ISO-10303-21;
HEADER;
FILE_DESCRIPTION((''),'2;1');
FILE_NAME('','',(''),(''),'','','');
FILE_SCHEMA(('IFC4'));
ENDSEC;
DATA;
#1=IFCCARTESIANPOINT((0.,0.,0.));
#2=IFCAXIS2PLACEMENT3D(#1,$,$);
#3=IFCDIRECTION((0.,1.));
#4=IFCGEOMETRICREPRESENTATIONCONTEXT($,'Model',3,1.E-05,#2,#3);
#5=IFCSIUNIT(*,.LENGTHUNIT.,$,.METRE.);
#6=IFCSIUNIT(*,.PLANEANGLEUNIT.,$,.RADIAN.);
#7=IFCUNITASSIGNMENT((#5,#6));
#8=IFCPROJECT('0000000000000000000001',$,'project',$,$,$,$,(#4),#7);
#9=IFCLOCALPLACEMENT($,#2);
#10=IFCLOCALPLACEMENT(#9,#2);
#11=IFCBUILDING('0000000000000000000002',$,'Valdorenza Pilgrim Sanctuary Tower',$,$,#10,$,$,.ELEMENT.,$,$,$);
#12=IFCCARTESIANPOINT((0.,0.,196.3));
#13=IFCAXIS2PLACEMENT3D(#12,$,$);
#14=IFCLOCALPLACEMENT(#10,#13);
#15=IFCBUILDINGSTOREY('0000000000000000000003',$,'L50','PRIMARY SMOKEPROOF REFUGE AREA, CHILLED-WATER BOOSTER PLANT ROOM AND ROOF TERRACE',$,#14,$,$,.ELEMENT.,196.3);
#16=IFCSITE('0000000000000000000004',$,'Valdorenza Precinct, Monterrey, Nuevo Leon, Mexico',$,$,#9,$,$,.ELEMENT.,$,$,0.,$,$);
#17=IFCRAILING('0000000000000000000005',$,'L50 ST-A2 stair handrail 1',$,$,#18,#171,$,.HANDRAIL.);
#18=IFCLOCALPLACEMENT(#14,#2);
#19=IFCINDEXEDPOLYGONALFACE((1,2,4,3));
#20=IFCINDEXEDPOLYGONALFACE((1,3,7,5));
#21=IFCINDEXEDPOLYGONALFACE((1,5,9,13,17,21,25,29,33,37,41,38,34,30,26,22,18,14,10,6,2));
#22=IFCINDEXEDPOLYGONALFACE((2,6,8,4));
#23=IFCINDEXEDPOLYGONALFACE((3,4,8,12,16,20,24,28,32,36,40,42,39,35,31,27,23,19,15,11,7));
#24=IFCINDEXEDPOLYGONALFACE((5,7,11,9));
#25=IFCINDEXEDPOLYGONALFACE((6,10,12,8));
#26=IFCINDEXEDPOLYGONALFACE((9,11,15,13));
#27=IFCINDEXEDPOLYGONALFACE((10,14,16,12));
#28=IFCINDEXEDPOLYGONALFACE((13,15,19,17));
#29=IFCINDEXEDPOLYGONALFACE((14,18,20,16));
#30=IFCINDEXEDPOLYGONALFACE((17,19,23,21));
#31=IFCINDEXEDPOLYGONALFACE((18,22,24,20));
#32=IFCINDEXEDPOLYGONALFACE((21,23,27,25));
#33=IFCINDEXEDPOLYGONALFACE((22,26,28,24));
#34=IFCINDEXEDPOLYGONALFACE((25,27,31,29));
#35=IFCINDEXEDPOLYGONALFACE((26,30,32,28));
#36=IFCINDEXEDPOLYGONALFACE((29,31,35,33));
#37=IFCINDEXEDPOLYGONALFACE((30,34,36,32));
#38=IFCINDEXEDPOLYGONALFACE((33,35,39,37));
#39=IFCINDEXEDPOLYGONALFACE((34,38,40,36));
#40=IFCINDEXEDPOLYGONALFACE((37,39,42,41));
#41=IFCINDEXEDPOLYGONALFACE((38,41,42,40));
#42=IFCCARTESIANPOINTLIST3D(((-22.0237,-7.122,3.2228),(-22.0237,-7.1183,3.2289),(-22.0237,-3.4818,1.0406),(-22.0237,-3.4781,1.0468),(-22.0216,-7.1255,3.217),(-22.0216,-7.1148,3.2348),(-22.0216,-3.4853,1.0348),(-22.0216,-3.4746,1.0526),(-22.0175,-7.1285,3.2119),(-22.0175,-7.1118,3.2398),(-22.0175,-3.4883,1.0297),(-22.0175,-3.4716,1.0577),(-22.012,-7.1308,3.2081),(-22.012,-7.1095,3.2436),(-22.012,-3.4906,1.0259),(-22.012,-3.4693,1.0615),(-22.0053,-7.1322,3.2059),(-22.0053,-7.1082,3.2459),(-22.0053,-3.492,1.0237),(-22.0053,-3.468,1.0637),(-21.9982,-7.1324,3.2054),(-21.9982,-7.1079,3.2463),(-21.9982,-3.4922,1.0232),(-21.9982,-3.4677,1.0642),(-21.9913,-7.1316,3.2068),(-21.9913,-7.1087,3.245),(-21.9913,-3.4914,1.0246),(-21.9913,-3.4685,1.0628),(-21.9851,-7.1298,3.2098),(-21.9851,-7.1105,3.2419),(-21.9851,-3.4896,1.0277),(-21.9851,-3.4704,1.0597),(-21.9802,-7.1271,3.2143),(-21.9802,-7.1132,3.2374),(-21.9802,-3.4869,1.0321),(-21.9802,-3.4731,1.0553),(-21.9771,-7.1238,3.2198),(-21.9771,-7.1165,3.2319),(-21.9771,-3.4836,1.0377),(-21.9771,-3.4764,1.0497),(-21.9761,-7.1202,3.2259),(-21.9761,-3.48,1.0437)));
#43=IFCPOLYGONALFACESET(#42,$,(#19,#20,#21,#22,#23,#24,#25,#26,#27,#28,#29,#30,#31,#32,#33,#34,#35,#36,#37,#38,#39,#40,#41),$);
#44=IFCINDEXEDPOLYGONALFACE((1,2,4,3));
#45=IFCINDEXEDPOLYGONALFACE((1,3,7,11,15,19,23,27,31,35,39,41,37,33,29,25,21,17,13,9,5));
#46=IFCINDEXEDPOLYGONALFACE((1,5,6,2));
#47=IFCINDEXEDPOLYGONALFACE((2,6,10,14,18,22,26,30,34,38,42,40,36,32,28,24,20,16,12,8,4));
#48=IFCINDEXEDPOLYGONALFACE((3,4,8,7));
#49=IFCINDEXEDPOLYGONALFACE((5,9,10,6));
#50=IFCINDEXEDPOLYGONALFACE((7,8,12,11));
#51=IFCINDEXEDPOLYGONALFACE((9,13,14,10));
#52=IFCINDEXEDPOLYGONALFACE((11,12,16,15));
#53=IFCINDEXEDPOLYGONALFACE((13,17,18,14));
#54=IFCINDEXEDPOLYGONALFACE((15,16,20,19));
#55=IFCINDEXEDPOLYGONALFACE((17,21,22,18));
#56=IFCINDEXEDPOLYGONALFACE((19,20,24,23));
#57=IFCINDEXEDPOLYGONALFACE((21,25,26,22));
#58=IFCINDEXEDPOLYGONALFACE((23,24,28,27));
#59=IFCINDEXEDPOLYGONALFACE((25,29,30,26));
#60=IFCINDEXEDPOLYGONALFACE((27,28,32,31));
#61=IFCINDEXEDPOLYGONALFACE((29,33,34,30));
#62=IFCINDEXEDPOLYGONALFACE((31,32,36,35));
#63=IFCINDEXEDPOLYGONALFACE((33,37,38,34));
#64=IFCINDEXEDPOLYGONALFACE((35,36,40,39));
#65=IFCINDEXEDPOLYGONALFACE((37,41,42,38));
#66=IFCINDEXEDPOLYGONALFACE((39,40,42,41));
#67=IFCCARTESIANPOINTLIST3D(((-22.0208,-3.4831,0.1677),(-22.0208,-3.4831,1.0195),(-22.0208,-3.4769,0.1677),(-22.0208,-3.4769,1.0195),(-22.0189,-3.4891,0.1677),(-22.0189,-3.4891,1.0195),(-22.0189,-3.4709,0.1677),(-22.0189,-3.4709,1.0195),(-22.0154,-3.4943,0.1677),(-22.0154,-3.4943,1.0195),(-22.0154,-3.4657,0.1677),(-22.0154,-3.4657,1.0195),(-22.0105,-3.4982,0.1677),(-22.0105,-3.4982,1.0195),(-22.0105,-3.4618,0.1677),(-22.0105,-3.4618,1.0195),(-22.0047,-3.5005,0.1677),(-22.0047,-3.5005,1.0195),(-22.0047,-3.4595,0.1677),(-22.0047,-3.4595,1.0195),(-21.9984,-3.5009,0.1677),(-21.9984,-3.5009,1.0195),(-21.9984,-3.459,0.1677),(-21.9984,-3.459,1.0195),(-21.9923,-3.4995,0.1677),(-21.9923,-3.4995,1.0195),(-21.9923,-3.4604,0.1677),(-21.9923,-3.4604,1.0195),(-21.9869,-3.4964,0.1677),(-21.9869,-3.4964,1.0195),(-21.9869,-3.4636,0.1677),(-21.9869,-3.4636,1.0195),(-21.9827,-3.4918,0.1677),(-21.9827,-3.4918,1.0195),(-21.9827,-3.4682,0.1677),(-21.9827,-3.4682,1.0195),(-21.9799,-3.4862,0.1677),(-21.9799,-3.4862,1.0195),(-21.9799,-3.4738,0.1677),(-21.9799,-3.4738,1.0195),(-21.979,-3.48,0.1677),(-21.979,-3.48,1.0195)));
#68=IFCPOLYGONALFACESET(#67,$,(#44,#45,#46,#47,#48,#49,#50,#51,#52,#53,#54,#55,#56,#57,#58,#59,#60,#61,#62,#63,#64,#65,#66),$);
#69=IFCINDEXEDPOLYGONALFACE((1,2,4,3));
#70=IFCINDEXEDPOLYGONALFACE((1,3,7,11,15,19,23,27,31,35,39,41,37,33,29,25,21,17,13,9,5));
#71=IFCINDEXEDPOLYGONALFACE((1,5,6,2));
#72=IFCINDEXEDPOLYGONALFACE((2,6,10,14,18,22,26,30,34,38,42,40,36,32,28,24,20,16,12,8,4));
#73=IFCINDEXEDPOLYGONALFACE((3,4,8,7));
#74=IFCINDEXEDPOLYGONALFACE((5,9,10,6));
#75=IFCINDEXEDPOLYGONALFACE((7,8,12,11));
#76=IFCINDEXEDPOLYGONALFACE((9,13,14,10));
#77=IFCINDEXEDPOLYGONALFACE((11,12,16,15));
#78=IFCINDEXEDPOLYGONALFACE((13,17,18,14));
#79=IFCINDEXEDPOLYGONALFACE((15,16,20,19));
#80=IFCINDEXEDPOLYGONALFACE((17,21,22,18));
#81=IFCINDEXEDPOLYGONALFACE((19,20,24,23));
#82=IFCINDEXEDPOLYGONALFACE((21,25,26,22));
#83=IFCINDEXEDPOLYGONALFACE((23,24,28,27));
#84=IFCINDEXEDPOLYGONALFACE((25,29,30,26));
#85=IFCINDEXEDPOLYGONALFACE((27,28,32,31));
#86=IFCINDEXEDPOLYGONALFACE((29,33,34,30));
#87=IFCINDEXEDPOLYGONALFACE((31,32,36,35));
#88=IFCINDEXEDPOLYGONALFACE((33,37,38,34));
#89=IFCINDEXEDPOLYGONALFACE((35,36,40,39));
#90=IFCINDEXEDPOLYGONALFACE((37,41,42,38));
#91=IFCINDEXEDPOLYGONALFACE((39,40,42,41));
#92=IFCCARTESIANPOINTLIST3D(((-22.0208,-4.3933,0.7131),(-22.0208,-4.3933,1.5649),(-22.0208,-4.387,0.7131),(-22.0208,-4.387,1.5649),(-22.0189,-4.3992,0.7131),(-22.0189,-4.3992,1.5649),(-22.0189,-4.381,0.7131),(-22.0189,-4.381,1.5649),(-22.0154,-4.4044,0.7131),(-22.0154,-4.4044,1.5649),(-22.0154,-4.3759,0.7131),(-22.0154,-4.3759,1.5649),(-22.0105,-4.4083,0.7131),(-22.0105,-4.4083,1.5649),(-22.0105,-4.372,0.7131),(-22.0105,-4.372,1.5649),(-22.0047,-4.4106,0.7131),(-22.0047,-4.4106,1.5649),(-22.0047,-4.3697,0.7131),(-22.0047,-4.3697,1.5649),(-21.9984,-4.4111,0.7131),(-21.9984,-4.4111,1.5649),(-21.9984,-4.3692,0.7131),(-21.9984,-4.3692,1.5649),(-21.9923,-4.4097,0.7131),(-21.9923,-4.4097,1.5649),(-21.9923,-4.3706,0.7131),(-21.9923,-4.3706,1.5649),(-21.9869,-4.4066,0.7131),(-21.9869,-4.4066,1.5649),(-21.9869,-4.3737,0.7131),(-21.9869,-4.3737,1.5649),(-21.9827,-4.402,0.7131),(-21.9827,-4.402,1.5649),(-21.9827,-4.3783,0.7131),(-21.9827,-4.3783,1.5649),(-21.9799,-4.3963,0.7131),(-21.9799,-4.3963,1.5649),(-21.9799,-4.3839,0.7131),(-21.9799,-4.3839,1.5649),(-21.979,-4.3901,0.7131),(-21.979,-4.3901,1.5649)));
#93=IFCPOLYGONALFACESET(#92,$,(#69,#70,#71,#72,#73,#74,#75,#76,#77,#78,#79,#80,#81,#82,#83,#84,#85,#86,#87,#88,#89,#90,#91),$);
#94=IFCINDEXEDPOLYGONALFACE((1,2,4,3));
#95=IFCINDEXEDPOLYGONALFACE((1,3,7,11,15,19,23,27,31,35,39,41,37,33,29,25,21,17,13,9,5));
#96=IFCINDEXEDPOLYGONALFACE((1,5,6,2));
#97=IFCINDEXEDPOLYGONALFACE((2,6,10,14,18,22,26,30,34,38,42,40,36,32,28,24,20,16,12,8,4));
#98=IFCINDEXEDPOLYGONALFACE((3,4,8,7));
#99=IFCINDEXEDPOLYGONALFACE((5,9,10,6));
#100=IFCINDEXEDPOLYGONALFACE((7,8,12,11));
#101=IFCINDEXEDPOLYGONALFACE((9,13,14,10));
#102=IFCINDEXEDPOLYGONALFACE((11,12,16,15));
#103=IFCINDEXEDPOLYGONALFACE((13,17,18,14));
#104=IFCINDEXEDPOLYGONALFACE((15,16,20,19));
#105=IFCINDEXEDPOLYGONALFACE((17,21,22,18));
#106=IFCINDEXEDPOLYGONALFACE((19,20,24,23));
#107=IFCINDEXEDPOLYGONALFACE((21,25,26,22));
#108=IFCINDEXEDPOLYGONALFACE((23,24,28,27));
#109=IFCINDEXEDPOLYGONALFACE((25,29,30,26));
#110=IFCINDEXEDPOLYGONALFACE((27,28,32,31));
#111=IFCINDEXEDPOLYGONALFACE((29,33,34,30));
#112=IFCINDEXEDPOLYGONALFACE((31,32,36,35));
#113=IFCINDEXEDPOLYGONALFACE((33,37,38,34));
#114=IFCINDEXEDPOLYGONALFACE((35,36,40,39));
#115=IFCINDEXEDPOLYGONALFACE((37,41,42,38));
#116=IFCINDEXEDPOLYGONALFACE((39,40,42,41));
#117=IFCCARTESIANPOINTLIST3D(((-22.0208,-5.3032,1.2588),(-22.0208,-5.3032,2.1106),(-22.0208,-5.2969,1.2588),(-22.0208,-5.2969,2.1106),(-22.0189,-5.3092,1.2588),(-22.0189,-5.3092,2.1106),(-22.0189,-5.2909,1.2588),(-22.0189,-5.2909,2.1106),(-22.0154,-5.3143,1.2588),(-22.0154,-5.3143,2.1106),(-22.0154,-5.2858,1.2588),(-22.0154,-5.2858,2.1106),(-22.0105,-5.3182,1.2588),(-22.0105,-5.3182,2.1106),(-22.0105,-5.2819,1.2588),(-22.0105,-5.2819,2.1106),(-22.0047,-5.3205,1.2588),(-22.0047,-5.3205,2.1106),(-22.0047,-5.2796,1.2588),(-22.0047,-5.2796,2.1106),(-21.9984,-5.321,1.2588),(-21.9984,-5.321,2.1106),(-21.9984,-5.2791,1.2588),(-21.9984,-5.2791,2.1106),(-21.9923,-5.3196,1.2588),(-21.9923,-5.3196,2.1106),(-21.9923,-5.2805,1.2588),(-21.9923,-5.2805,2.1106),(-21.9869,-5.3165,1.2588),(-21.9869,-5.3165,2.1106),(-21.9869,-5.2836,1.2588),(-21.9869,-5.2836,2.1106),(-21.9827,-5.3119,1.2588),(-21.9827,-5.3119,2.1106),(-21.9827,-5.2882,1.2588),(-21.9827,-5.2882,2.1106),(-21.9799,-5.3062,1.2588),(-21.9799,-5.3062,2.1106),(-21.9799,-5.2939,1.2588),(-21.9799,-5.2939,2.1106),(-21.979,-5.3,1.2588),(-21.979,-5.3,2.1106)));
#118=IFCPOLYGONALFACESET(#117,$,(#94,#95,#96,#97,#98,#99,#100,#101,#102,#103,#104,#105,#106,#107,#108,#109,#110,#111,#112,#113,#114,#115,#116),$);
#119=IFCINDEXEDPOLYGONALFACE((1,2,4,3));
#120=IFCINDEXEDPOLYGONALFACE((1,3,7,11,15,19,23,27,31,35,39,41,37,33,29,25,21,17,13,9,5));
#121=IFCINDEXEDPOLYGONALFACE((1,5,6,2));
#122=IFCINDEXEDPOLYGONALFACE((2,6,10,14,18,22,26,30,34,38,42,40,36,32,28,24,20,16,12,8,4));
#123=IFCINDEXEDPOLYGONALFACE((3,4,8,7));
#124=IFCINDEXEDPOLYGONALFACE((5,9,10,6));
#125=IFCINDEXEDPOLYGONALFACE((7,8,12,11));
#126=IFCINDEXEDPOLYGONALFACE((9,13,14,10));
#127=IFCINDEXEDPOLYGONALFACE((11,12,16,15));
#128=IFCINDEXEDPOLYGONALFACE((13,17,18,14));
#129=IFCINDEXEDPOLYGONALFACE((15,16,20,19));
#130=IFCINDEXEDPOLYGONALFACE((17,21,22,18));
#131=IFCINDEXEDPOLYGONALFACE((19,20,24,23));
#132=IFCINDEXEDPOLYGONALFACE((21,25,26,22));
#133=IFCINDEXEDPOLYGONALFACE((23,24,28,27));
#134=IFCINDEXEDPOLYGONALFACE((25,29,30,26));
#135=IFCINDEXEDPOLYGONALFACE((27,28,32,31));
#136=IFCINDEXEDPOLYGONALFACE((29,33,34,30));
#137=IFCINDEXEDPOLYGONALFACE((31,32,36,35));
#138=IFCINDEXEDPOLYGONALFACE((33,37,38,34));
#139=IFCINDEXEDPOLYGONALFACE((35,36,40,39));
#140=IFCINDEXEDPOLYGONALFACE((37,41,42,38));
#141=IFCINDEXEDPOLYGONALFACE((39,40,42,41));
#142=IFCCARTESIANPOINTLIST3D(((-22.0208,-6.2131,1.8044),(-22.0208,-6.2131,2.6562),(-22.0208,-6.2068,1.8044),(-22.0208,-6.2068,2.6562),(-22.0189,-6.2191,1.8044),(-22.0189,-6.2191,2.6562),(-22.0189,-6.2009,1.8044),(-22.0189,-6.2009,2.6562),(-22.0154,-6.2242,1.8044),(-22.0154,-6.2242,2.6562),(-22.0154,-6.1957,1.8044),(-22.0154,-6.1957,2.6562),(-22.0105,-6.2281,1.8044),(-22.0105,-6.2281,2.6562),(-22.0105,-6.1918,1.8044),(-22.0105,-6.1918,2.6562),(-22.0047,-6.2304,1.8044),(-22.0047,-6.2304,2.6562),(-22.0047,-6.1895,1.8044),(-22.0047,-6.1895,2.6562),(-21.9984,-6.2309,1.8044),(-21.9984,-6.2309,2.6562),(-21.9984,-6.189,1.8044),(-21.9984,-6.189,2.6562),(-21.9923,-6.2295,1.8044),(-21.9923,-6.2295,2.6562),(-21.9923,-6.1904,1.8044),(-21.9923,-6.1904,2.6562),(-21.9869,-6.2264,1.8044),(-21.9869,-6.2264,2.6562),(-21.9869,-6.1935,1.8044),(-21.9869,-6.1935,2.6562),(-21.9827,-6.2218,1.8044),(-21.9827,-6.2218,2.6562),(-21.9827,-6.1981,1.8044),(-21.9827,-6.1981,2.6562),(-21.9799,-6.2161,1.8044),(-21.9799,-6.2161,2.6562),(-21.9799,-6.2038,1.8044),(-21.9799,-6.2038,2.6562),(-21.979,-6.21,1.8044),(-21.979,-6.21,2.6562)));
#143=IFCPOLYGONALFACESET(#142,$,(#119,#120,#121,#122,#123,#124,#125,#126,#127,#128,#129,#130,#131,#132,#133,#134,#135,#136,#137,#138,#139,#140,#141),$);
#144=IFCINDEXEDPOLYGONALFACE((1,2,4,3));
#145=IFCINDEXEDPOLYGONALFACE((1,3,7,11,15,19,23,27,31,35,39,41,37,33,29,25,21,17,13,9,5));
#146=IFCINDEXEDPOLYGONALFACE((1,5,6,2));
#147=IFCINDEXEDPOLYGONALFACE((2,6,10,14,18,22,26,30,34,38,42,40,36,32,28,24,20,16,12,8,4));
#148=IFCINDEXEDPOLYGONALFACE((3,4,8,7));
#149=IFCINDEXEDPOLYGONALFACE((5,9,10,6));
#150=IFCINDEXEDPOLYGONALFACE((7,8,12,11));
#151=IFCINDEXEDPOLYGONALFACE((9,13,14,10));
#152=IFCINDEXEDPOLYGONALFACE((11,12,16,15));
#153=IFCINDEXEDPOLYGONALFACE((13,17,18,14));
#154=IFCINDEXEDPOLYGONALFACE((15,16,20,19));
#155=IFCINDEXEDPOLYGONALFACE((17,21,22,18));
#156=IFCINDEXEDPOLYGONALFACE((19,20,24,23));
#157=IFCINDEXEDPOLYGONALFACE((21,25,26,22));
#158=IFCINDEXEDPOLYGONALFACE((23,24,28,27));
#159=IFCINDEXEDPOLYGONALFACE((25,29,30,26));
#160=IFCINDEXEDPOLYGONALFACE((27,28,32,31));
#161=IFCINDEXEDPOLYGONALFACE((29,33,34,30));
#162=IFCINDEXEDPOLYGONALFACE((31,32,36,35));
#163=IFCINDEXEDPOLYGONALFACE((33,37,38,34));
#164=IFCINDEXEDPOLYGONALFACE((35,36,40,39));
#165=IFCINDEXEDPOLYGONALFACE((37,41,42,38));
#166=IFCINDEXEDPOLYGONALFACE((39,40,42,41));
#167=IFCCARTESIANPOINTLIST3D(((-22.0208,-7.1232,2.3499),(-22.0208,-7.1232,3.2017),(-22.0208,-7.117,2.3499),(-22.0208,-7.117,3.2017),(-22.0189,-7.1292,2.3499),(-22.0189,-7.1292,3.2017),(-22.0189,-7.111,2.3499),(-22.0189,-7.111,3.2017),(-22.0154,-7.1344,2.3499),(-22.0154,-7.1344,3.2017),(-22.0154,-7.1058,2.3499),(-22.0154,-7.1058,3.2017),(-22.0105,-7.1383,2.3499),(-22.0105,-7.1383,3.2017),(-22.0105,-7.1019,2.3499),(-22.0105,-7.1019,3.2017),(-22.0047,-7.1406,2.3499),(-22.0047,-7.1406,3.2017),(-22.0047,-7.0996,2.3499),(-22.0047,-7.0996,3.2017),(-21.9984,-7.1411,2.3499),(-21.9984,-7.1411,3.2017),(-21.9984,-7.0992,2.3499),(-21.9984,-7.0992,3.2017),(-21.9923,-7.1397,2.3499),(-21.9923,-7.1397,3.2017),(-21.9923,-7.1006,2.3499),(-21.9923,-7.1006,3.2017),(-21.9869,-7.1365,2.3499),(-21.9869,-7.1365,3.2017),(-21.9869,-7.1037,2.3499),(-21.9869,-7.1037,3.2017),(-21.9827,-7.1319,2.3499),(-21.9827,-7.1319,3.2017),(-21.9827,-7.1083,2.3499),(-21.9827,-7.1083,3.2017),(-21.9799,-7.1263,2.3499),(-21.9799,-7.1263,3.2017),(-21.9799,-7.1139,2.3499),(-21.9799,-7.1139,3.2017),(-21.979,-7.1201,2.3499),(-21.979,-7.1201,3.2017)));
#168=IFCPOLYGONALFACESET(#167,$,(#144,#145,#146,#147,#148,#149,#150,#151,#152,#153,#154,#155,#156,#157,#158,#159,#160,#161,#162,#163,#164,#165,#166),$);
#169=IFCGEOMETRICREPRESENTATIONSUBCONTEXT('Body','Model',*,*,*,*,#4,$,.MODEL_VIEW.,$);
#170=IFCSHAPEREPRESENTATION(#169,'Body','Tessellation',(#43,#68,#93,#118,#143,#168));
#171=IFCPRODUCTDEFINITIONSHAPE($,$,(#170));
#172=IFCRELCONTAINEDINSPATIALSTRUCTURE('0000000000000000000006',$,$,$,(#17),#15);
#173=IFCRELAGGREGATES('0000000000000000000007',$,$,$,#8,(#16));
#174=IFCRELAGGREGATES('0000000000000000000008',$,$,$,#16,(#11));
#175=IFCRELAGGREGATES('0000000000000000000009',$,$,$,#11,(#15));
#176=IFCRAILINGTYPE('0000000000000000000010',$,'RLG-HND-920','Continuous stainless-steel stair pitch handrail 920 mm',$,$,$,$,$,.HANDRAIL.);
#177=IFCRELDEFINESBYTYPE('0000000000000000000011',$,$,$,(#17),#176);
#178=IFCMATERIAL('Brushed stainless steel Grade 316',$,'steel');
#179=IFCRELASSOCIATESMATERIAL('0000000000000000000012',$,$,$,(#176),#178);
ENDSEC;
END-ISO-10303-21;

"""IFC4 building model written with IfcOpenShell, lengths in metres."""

from ifc_helpers import new_model, si_unit, direction, frame, origin, origin_2d, place, context, subcontext, project, spatial, circle, extrude, material, type_object, element, save


model = new_model("IFC4")

# Units and contexts
model_context = context("Model", 3, precision=1e-05, world=origin(), true_north=direction((0.0, 1.0)))
body_context = subcontext(model_context, "Body", "Model", "MODEL_VIEW")
ifc_project = project(units=[si_unit("LENGTHUNIT", "METRE"), si_unit("PLANEANGLEUNIT", "RADIAN")], contexts=[model_context])

# Site, building, storey
site_placement = place(None, origin())
site = spatial("IfcSite", under=ifc_project, at=site_placement, Name="Valdorenza Precinct, Monterrey, Nuevo Leon, Mexico", CompositionType="ELEMENT", RefElevation=0.0)
building_placement = place(site_placement, origin())
building = spatial("IfcBuilding", under=site, at=building_placement, Name="Valdorenza Pilgrim Sanctuary Tower", CompositionType="ELEMENT")
storey_placement = place(building_placement, frame((0.0, 0.0, 196.3)))
storey = spatial("IfcBuildingStorey", under=building, at=storey_placement, Name="L50", Description="PRIMARY SMOKEPROOF REFUGE AREA, CHILLED-WATER BOOSTER PLANT ROOM AND ROOF TERRACE", CompositionType="ELEMENT", Elevation=196.3)

# Railing
ifc_material_1 = material(Name="Brushed stainless steel Grade 316", Category="steel")
railing_type_1 = type_object("IfcRailingType", Name="RLG-HND-920", Description="Continuous stainless-steel stair pitch handrail 920 mm", PredefinedType="HANDRAIL", material=ifc_material_1)
railing_1_placement = place(storey_placement, frame((-22.0, -3.48, 0.1677)))
element("IfcRailing", 1, at=railing_1_placement, inside=storey, type_object=railing_type_1, Name="L50 ST-A2 stair handrail 1", PredefinedType="HANDRAIL", context=body_context, shape_type="SweptSolid", body=[
    extrude(circle(Radius=0.0239, at=origin_2d()), frame((0.0, 0.0, 0.876), z_axis=(0.0, -0.857696, 0.514157), x_axis=(1.0, 0.0, 0.0)), (0.0, 0.0, 1.0), 4.2441),
    extrude(circle(Radius=0.021, at=origin_2d()), origin(), (0.0, 0.0, 1.0), 0.8518),
    extrude(circle(Radius=0.021, at=origin_2d()), frame((0.0, -0.9102, 0.5454)), (0.0, 0.0, 1.0), 0.8518),
    extrude(circle(Radius=0.021, at=origin_2d()), frame((0.0, -1.8201, 1.0911)), (0.0, 0.0, 1.0), 0.8518),
    extrude(circle(Radius=0.021, at=origin_2d()), frame((0.0, -2.73, 1.6367)), (0.0, 0.0, 1.0), 0.8518),
    extrude(circle(Radius=0.021, at=origin_2d()), frame((0.0, -3.6401, 2.1821)), (0.0, 0.0, 1.0), 0.8518),
])

save(model, "model.ifc")
